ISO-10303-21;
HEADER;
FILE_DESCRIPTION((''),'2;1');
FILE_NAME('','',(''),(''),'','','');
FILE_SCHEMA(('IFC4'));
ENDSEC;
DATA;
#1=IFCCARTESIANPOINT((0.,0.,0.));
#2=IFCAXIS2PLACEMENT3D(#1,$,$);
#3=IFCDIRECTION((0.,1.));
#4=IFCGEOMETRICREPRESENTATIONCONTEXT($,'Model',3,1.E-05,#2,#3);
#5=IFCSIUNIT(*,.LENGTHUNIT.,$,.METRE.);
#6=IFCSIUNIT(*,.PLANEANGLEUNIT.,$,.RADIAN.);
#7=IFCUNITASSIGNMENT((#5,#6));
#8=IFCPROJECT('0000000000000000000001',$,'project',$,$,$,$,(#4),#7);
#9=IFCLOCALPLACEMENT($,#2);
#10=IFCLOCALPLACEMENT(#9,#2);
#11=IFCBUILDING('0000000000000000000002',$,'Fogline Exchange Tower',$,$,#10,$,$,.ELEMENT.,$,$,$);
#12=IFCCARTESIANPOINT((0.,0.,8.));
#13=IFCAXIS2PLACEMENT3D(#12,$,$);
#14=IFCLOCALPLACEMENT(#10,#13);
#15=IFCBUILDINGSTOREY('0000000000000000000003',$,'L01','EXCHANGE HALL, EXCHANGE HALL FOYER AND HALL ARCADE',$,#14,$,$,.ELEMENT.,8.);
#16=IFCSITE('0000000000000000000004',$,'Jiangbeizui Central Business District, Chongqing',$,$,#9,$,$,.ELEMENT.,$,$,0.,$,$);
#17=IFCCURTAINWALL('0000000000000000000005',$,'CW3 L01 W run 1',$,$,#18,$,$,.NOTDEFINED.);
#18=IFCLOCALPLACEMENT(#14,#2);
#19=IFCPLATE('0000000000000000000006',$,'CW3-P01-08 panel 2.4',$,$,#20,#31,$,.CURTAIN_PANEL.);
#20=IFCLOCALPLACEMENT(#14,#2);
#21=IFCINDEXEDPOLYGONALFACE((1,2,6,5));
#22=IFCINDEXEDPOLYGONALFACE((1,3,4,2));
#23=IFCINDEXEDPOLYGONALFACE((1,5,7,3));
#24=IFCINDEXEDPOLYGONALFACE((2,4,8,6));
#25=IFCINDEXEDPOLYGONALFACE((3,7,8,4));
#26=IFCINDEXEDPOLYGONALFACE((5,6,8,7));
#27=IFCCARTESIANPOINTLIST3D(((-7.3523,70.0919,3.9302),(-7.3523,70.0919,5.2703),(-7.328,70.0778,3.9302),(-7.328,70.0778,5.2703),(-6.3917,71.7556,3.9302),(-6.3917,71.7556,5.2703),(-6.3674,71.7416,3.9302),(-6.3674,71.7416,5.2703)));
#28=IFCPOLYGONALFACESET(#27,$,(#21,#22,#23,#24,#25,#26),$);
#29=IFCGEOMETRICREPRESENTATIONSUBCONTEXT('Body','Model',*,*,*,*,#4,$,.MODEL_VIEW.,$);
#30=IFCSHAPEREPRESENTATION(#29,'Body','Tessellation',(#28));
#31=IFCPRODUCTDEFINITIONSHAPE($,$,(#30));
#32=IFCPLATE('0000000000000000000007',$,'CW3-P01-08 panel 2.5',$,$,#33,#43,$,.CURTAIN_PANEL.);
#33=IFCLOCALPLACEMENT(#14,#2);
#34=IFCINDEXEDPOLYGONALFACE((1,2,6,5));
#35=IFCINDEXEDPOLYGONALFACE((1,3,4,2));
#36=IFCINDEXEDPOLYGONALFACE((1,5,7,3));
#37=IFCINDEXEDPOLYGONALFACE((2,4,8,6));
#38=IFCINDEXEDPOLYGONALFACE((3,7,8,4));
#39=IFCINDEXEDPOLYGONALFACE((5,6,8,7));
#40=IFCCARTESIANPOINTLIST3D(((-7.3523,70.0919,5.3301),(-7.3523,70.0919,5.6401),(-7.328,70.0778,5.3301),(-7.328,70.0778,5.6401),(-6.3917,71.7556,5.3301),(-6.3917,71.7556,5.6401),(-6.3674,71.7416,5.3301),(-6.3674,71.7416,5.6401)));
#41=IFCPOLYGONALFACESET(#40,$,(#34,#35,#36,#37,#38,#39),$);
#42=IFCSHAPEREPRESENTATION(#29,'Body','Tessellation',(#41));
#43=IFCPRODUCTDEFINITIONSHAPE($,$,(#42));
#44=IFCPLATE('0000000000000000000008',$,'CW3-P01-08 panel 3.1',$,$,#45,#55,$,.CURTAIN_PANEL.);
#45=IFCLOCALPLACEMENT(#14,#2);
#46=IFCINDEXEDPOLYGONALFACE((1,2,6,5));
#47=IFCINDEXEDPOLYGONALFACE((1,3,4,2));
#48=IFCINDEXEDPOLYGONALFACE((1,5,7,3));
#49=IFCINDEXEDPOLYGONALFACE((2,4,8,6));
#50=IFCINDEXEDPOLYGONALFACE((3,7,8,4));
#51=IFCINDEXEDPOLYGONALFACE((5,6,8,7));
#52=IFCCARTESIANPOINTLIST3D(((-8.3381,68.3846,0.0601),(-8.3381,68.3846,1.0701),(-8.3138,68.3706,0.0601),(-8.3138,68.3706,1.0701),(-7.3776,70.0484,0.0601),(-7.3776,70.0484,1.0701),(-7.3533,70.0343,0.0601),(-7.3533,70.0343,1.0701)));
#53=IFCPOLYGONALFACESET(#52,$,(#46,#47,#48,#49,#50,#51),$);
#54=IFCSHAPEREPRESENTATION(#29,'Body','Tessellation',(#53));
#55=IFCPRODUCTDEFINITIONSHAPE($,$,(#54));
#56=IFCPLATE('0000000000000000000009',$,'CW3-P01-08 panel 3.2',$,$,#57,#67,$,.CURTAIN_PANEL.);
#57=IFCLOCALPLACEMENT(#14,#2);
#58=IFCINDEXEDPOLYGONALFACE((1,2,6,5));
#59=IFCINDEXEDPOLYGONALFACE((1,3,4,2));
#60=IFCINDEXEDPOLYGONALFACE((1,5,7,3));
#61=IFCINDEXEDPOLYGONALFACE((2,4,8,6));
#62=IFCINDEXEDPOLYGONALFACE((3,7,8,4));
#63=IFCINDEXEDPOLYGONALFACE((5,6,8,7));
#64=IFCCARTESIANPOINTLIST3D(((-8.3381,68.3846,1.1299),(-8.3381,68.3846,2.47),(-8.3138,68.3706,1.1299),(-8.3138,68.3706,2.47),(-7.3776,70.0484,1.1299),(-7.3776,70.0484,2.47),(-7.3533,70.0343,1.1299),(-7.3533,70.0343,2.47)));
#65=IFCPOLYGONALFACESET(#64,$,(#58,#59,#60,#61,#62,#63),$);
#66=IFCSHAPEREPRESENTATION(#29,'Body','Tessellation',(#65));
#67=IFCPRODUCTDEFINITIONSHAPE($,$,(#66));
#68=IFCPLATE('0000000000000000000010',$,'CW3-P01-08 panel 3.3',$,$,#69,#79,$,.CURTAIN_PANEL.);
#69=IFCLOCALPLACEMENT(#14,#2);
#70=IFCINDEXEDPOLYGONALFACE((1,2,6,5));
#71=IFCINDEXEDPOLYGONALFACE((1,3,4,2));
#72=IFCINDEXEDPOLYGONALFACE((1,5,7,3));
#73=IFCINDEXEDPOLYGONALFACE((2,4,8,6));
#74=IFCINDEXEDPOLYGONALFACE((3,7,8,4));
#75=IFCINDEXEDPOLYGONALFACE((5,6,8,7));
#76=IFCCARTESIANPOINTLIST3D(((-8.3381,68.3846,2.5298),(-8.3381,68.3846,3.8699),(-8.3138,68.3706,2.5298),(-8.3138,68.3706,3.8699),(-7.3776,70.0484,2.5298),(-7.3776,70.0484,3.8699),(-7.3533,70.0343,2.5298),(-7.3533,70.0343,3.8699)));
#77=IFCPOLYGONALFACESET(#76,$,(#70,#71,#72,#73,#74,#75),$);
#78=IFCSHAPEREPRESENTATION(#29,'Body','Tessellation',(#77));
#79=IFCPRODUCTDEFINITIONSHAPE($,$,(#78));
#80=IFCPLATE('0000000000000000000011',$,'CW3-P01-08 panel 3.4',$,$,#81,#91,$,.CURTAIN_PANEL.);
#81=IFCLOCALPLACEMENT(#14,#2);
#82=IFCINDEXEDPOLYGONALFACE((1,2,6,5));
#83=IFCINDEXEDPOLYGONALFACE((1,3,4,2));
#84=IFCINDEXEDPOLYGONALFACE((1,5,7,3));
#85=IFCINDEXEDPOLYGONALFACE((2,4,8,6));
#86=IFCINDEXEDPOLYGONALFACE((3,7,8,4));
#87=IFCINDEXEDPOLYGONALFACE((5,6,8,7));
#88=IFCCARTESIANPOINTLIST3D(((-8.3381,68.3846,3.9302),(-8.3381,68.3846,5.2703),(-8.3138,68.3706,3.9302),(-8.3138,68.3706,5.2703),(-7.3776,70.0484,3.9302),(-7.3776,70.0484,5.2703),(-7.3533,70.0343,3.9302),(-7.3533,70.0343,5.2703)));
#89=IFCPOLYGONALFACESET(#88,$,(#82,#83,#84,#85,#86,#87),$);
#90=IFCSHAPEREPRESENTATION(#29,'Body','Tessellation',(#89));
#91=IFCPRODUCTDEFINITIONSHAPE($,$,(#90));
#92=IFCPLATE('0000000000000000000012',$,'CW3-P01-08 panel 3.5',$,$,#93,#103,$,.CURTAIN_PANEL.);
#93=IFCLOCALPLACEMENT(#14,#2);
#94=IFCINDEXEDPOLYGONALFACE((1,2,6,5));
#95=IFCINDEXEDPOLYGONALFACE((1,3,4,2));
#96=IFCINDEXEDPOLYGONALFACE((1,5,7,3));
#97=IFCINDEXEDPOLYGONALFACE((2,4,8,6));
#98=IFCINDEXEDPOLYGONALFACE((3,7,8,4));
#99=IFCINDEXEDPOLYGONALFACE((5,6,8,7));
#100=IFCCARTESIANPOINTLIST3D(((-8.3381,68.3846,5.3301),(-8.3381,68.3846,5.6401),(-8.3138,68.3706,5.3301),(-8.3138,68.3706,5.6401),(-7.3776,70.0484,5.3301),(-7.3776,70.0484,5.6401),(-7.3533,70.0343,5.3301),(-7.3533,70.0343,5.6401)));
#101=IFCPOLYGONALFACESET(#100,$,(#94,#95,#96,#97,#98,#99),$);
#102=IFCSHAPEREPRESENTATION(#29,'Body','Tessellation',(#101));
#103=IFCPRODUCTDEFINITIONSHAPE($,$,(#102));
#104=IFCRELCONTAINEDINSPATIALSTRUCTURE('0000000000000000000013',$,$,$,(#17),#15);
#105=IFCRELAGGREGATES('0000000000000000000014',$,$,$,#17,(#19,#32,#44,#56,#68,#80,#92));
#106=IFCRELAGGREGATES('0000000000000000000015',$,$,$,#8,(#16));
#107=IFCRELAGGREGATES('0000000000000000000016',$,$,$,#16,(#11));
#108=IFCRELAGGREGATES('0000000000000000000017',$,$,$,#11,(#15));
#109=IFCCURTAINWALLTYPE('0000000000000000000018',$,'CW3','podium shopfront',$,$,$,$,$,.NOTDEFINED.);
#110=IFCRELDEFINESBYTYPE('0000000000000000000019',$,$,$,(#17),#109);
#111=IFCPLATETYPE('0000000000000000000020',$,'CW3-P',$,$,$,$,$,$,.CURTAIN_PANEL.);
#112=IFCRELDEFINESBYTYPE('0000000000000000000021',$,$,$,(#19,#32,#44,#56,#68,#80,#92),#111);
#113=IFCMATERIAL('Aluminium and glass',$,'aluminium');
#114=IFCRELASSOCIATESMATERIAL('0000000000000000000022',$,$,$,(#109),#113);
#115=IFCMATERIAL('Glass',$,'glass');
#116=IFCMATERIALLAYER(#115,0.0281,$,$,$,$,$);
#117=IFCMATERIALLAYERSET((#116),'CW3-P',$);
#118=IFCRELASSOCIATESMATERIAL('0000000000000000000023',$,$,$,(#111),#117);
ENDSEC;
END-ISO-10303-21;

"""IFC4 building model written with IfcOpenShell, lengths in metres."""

from ifc_helpers import new_model, si_unit, direction, frame, origin, origin_2d, place, context, subcontext, project, spatial, rectangle, extrude, material, layer, layer_set, type_object, element, aggregate, save


model = new_model("IFC4")

# Units and contexts
model_context = context("Model", 3, precision=1e-05, world=origin(), true_north=direction((0.0, 1.0)))
body_context = subcontext(model_context, "Body", "Model", "MODEL_VIEW")
ifc_project = project(units=[si_unit("LENGTHUNIT", "METRE"), si_unit("PLANEANGLEUNIT", "RADIAN")], contexts=[model_context])

# Site, building, storey
site_placement = place(None, origin())
site = spatial("IfcSite", under=ifc_project, at=site_placement, Name="Jiangbeizui Central Business District, Chongqing", CompositionType="ELEMENT", RefElevation=0.0)
building_placement = place(site_placement, origin())
building = spatial("IfcBuilding", under=site, at=building_placement, Name="Fogline Exchange Tower", CompositionType="ELEMENT")
storey_placement = place(building_placement, frame((0.0, 0.0, 8.0)))
storey = spatial("IfcBuildingStorey", under=building, at=storey_placement, Name="L01", Description="EXCHANGE HALL, EXCHANGE HALL FOYER AND HALL ARCADE", CompositionType="ELEMENT", Elevation=8.0)

# Curtain wall, plates
ifc_material_1 = material(Name="Aluminium and glass", Category="aluminium")
curtain_wall_type = type_object("IfcCurtainWallType", Name="CW3", Description="podium shopfront", PredefinedType="NOTDEFINED", material=ifc_material_1)
curtain_wall_placement = place(storey_placement, origin())
curtain_wall = element("IfcCurtainWall", 1, at=curtain_wall_placement, inside=storey, type_object=curtain_wall_type, Name="CW3 L01 W run 1", PredefinedType="NOTDEFINED")
ifc_material_2 = material(Name="Glass", Category="glass")
ifc_layer = layer(ifc_material_2, 0.0281)
ifc_layer_set = layer_set([ifc_layer], Name="CW3-P")
plate_type = type_object("IfcPlateType", Name="CW3-P", PredefinedType="CURTAIN_PANEL", material=ifc_layer_set)
plate_1_placement = place(storey_placement, frame((-6.8599, 70.9167, 3.9302), z_axis=(0.0, 0.0, 1.0), x_axis=(-0.5, -0.866025, 0.0)))
plate_1 = element("IfcPlate", 2, at=plate_1_placement, type_object=plate_type, Name="CW3-P01-08 panel 2.4", PredefinedType="CURTAIN_PANEL", context=body_context, shape_type="SweptSolid", body=[
    extrude(rectangle(XDim=1.9211, YDim=0.0281, at=origin_2d()), origin(), (0.0, 0.0, 1.0), 1.3401),
])
plate_2_placement = place(storey_placement, frame((-6.8599, 70.9167, 5.3301), z_axis=(0.0, 0.0, 1.0), x_axis=(-0.5, -0.866025, 0.0)))
plate_2 = element("IfcPlate", 3, at=plate_2_placement, type_object=plate_type, Name="CW3-P01-08 panel 2.5", PredefinedType="CURTAIN_PANEL", context=body_context, shape_type="SweptSolid", body=[
    extrude(rectangle(XDim=1.9211, YDim=0.0281, at=origin_2d()), origin(), (0.0, 0.0, 1.0), 0.3101),
])
plate_3_placement = place(storey_placement, frame((-7.8457, 69.2095, 0.0601), z_axis=(0.0, 0.0, 1.0), x_axis=(-0.5, -0.866025, 0.0)))
plate_3 = element("IfcPlate", 4, at=plate_3_placement, type_object=plate_type, Name="CW3-P01-08 panel 3.1", PredefinedType="CURTAIN_PANEL", context=body_context, shape_type="SweptSolid", body=[
    extrude(rectangle(XDim=1.9211, YDim=0.0281, at=origin_2d()), origin(), (0.0, 0.0, 1.0), 1.01),
])
plate_4_placement = place(storey_placement, frame((-7.8457, 69.2095, 1.1299), z_axis=(0.0, 0.0, 1.0), x_axis=(-0.5, -0.866025, 0.0)))
plate_4 = element("IfcPlate", 5, at=plate_4_placement, type_object=plate_type, Name="CW3-P01-08 panel 3.2", PredefinedType="CURTAIN_PANEL", context=body_context, shape_type="SweptSolid", body=[
    extrude(rectangle(XDim=1.9211, YDim=0.0281, at=origin_2d()), origin(), (0.0, 0.0, 1.0), 1.3401),
])
plate_5_placement = place(storey_placement, frame((-7.8457, 69.2095, 2.5298), z_axis=(0.0, 0.0, 1.0), x_axis=(-0.5, -0.866025, 0.0)))
plate_5 = element("IfcPlate", 6, at=plate_5_placement, type_object=plate_type, Name="CW3-P01-08 panel 3.3", PredefinedType="CURTAIN_PANEL", context=body_context, shape_type="SweptSolid", body=[
    extrude(rectangle(XDim=1.9211, YDim=0.0281, at=origin_2d()), origin(), (0.0, 0.0, 1.0), 1.3401),
])
plate_6_placement = place(storey_placement, frame((-7.8457, 69.2095, 3.9302), z_axis=(0.0, 0.0, 1.0), x_axis=(-0.5, -0.866025, 0.0)))
plate_6 = element("IfcPlate", 7, at=plate_6_placement, type_object=plate_type, Name="CW3-P01-08 panel 3.4", PredefinedType="CURTAIN_PANEL", context=body_context, shape_type="SweptSolid", body=[
    extrude(rectangle(XDim=1.9211, YDim=0.0281, at=origin_2d()), origin(), (0.0, 0.0, 1.0), 1.3401),
])
plate_7_placement = place(storey_placement, frame((-7.8457, 69.2095, 5.3301), z_axis=(0.0, 0.0, 1.0), x_axis=(-0.5, -0.866025, 0.0)))
plate_7 = element("IfcPlate", 8, at=plate_7_placement, type_object=plate_type, Name="CW3-P01-08 panel 3.5", PredefinedType="CURTAIN_PANEL", context=body_context, shape_type="SweptSolid", body=[
    extrude(rectangle(XDim=1.9211, YDim=0.0281, at=origin_2d()), origin(), (0.0, 0.0, 1.0), 0.3101),
])
aggregate(curtain_wall, [plate_1, plate_2, plate_3, plate_4, plate_5, plate_6, plate_7])

save(model, "model.ifc")
